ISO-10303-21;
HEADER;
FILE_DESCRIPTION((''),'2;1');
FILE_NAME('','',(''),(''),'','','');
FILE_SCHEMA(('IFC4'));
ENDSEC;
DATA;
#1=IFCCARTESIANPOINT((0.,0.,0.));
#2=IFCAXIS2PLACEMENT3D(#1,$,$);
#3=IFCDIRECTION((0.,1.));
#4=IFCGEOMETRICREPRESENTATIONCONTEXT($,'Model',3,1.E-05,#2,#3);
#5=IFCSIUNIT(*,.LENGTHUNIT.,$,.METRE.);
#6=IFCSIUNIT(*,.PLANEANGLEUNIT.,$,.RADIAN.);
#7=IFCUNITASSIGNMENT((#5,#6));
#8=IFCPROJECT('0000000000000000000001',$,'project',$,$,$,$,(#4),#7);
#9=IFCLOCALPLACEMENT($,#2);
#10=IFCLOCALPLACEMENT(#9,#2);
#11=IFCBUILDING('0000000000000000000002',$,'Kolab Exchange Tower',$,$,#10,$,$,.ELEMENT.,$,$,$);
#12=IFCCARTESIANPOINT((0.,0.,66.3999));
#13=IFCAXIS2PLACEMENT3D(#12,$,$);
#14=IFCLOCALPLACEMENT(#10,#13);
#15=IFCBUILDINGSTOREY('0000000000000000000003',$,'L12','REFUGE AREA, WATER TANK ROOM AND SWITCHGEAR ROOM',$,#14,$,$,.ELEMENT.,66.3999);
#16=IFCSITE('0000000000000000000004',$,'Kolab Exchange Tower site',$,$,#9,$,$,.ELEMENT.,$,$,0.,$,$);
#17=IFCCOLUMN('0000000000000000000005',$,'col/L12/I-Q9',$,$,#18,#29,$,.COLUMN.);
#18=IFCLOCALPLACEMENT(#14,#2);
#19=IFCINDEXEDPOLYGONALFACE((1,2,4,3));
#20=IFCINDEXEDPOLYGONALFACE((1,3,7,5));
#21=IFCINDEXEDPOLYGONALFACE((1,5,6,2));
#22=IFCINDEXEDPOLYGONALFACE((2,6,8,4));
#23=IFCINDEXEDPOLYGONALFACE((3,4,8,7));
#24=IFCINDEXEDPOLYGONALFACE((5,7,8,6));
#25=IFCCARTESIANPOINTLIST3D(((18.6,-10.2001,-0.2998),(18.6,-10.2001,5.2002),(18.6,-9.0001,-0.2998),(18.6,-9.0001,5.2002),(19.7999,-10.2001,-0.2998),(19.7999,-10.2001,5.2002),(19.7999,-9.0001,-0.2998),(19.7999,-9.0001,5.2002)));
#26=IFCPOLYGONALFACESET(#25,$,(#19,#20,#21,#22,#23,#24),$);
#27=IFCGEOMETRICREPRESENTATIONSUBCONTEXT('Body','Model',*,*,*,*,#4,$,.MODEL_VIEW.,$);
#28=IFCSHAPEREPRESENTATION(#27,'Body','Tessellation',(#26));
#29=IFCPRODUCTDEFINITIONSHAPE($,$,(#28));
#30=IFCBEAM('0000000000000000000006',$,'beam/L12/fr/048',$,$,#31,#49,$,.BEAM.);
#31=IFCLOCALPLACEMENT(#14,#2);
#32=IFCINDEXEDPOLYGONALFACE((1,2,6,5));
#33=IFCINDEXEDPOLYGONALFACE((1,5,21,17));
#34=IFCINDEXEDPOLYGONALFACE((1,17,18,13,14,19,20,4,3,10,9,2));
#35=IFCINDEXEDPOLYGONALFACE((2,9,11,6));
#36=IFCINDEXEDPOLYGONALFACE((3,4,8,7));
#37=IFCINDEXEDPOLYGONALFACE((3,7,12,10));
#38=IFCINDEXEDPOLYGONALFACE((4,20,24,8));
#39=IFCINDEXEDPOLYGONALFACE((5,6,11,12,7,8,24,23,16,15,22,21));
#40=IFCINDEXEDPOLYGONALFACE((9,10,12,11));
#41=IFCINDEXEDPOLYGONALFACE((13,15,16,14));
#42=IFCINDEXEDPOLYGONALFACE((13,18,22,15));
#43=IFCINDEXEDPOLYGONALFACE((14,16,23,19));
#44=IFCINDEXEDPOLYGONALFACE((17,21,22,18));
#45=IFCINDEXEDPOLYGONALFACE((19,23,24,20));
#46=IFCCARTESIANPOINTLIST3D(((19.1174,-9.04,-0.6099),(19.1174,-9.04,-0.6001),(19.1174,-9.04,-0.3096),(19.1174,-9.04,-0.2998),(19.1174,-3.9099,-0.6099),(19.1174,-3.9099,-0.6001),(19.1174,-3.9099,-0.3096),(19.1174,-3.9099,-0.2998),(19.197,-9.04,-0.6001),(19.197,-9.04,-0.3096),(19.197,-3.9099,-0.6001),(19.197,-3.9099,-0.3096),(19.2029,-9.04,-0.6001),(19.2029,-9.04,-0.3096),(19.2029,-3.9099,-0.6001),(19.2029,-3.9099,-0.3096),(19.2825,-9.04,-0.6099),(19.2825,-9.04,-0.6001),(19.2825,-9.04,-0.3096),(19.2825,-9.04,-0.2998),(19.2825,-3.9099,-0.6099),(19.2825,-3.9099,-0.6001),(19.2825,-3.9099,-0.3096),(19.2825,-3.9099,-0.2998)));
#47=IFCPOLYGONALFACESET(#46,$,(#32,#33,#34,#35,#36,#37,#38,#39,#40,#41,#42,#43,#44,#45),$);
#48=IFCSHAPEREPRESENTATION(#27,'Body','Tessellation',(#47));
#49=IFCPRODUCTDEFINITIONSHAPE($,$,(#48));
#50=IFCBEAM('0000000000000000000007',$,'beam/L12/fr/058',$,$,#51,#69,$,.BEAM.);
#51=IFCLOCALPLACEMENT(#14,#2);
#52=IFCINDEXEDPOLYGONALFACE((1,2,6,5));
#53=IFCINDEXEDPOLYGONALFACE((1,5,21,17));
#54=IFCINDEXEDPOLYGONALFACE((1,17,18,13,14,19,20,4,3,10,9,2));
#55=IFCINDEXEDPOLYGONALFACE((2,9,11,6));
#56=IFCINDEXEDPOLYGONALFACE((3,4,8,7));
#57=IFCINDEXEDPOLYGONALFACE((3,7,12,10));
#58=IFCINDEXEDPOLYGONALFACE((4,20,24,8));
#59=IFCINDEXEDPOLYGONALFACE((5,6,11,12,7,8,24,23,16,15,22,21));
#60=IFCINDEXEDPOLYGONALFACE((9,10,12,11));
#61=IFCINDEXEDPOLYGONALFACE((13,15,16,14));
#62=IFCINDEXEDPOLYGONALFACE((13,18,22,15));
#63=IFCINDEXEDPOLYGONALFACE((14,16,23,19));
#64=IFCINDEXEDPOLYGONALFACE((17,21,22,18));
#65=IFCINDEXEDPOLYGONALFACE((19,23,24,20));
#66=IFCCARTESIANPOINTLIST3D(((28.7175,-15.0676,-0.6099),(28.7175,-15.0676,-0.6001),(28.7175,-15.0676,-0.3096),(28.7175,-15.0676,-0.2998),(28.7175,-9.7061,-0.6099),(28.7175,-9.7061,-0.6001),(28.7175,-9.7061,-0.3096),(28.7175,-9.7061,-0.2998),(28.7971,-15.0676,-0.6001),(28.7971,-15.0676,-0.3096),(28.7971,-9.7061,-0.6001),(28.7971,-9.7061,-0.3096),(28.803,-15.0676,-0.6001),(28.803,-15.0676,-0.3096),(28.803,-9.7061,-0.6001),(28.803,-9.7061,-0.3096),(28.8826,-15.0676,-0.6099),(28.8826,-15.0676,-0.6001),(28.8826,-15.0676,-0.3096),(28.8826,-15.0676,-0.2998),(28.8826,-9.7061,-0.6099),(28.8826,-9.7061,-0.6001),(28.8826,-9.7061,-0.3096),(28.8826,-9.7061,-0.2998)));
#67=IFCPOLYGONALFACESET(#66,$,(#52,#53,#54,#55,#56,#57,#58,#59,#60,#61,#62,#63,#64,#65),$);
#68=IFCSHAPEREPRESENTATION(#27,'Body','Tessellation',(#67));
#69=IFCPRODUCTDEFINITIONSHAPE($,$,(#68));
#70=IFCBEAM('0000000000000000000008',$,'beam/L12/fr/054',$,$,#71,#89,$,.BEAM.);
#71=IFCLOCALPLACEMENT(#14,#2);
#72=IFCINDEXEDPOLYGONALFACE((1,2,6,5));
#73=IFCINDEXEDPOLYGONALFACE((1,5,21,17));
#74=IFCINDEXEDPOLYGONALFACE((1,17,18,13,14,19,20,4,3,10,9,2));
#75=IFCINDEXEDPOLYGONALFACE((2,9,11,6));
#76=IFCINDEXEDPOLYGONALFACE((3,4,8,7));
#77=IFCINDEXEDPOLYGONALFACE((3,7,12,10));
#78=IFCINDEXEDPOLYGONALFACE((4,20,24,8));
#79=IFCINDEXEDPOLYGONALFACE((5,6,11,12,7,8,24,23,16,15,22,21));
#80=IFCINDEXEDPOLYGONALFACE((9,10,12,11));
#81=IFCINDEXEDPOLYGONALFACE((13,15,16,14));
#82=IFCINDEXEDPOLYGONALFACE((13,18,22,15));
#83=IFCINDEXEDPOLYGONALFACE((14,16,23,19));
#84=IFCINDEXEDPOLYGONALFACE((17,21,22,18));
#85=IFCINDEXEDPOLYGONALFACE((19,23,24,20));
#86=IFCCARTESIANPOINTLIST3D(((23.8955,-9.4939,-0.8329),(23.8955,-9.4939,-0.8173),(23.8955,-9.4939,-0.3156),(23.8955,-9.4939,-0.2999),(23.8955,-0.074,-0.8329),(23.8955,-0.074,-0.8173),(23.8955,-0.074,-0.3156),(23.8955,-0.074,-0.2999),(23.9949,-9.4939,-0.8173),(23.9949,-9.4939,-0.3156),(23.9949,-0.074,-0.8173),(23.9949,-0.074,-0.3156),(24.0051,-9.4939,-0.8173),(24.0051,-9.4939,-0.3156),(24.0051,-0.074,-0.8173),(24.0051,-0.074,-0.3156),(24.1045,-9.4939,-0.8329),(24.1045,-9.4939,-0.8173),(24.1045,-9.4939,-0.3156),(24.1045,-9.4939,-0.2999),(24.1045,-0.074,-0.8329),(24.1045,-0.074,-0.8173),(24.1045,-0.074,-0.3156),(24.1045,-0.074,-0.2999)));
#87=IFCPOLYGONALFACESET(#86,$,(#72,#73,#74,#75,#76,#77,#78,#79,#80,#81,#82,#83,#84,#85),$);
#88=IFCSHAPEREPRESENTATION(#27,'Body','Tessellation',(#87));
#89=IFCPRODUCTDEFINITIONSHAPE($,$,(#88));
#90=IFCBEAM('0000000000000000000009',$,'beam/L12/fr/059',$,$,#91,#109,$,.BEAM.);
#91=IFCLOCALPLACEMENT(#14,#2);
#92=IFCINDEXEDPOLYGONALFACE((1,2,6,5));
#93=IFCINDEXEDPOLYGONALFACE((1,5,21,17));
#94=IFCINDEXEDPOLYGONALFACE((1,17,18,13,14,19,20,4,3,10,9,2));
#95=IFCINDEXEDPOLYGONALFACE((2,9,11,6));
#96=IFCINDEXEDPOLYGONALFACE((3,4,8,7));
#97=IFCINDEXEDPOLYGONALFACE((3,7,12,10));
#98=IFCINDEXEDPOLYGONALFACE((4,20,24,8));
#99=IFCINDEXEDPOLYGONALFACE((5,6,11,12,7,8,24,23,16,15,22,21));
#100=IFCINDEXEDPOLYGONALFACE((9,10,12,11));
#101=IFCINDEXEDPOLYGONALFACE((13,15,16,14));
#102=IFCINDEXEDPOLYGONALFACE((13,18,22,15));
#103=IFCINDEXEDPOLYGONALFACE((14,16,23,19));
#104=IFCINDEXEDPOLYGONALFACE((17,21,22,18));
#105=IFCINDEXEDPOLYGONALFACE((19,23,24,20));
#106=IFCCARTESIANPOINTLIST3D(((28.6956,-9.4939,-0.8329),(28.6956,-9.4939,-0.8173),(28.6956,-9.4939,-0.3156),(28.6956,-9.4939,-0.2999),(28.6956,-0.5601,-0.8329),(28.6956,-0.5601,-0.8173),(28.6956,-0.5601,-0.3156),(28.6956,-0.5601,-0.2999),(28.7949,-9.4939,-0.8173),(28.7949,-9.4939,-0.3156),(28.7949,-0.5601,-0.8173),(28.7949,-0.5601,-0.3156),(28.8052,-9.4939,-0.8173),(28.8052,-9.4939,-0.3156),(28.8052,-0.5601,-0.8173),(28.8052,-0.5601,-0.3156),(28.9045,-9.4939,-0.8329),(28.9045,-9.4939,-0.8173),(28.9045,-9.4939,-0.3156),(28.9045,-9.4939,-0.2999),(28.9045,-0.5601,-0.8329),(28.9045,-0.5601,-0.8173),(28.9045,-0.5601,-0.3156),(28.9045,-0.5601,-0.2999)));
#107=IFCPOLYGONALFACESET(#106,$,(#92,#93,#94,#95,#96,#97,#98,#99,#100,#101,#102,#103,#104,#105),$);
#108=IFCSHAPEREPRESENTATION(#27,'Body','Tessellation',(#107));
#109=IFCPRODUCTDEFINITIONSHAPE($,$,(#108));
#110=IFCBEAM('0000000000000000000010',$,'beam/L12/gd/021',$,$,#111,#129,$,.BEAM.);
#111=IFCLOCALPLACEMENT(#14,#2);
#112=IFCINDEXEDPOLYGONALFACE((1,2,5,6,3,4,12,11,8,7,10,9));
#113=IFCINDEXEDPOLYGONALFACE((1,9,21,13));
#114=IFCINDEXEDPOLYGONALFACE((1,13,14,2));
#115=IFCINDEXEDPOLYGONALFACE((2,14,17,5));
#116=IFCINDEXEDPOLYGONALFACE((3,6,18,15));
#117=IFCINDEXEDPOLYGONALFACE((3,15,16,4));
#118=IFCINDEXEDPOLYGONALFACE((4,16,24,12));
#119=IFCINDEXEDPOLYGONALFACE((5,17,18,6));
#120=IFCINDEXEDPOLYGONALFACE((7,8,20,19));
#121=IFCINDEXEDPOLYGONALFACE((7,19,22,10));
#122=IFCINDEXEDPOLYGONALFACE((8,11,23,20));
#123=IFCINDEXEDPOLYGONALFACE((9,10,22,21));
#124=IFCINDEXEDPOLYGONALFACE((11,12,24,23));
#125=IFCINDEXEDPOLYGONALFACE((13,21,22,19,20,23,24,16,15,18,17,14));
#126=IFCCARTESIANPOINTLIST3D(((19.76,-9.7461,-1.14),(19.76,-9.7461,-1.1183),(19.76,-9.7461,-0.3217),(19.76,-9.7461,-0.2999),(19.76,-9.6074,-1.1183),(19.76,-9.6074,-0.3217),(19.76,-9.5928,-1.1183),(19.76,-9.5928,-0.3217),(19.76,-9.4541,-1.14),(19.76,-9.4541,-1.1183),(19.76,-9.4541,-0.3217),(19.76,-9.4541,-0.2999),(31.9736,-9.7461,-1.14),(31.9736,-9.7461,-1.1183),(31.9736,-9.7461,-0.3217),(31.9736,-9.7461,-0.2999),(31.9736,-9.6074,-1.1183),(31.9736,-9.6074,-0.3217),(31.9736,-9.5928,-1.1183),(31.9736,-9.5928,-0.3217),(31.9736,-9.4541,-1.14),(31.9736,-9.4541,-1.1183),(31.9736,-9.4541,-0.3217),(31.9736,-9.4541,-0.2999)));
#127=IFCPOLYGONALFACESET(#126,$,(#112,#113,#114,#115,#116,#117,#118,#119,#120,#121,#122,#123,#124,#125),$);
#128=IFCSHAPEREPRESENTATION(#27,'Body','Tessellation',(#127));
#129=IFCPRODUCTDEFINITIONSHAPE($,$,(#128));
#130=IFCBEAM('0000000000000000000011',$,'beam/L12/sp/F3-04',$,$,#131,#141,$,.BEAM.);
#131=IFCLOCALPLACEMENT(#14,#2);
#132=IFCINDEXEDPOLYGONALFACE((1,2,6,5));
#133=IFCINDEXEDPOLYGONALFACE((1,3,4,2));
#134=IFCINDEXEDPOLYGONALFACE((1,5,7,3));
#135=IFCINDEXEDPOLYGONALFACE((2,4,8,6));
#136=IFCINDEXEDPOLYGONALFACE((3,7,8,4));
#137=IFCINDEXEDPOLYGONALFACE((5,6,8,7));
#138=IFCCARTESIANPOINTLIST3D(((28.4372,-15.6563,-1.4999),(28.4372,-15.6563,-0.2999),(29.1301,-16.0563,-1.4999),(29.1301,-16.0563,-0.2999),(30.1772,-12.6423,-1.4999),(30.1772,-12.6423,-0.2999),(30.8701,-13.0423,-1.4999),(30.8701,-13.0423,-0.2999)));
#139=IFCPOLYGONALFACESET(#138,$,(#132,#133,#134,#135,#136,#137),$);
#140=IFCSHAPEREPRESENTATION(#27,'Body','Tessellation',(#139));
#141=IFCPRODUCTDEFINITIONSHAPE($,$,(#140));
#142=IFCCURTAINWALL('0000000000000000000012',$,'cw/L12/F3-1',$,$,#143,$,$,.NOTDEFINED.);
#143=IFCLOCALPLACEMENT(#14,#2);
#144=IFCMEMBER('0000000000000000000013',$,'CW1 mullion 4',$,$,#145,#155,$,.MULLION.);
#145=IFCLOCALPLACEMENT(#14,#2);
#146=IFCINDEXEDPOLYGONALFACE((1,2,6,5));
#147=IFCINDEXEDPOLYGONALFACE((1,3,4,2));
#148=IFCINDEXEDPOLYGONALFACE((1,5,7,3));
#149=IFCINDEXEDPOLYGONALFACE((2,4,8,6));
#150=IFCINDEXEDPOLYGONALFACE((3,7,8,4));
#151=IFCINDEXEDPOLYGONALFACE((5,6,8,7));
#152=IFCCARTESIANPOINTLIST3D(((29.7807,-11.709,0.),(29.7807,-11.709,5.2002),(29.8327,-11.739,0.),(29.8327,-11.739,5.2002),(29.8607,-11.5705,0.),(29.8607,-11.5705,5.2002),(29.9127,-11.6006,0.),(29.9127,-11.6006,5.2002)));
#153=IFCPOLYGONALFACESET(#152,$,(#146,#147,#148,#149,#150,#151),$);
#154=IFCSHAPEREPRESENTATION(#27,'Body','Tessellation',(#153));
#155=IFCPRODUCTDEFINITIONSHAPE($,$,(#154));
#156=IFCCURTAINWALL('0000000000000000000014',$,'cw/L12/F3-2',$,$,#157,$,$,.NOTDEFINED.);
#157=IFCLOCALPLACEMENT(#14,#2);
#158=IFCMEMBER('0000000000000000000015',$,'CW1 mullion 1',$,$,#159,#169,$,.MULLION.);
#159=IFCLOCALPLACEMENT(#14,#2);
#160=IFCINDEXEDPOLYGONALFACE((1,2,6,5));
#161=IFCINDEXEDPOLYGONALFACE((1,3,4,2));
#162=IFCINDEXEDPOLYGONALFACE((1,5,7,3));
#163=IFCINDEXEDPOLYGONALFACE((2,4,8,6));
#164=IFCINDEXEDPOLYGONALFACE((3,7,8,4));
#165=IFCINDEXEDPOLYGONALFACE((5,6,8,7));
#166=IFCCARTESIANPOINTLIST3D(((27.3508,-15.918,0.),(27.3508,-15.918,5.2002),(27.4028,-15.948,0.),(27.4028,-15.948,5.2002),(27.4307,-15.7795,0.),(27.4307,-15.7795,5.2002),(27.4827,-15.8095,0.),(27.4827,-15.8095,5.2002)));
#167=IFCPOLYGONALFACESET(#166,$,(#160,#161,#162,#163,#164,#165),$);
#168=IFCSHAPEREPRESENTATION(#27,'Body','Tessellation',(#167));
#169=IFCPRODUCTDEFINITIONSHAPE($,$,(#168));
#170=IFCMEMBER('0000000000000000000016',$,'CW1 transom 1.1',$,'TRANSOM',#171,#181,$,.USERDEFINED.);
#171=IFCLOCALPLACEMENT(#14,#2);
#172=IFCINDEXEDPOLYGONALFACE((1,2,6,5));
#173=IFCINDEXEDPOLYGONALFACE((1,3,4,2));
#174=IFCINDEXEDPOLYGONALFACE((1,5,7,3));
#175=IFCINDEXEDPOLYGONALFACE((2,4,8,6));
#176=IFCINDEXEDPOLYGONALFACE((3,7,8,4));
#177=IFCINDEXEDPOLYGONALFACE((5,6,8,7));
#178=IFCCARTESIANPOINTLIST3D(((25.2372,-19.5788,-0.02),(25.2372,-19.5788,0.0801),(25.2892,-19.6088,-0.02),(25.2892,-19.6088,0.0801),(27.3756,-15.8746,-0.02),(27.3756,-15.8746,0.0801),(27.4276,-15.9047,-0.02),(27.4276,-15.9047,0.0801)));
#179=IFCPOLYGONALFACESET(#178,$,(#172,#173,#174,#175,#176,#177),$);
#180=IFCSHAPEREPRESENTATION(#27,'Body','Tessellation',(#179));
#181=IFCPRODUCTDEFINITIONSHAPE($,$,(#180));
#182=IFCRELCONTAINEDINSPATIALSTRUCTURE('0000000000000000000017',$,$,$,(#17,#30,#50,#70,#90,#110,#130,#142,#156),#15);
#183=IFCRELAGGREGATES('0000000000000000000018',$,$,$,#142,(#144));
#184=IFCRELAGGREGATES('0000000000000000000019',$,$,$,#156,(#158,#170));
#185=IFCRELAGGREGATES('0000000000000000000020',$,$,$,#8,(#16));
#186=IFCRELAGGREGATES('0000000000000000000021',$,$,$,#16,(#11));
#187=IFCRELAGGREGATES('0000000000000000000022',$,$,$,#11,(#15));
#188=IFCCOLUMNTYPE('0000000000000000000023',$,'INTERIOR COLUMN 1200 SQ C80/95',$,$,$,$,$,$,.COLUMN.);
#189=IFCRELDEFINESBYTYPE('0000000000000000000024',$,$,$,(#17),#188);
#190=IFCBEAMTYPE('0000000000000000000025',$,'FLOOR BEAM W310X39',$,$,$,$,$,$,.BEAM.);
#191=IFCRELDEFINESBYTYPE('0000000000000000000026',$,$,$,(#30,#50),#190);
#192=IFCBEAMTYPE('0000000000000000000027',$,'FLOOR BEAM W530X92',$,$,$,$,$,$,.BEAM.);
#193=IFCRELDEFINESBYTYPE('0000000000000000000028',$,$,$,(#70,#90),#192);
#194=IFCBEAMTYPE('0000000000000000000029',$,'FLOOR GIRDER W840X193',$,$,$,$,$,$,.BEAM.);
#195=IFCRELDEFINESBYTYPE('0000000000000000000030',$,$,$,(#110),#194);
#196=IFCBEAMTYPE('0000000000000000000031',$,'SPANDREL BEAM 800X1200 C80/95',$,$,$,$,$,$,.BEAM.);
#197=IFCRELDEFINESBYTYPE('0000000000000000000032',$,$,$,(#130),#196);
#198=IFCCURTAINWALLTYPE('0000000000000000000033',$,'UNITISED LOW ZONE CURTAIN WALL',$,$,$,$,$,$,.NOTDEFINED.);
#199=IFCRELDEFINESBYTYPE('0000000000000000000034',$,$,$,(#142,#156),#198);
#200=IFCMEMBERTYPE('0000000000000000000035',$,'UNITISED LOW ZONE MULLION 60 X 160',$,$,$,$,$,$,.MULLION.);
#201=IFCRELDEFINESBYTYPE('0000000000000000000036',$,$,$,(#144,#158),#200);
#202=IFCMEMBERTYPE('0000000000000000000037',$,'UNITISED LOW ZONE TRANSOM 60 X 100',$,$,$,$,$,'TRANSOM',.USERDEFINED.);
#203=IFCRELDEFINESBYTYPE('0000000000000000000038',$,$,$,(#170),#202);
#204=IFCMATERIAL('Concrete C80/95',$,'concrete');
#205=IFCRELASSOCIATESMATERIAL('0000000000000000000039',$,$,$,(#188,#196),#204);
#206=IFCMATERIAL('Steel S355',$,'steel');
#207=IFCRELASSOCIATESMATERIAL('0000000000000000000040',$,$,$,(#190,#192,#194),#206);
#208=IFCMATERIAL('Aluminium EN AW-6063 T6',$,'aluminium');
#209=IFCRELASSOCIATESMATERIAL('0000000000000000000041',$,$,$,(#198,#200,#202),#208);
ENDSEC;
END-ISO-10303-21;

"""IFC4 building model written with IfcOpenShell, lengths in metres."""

from ifc_helpers import new_model, si_unit, direction, frame, origin, origin_2d, place, context, subcontext, project, spatial, rectangle, i_section, extrude, material, material_profile, profile_set, type_object, element, aggregate, save


model = new_model("IFC4")

# Units and contexts
model_context = context("Model", 3, precision=1e-05, world=origin(), true_north=direction((0.0, 1.0)))
body_context = subcontext(model_context, "Body", "Model", "MODEL_VIEW")
ifc_project = project(units=[si_unit("LENGTHUNIT", "METRE"), si_unit("PLANEANGLEUNIT", "RADIAN")], contexts=[model_context])

# Site, building, storey
site_placement = place(None, origin())
site = spatial("IfcSite", under=ifc_project, at=site_placement, Name="Kolab Exchange Tower site", CompositionType="ELEMENT", RefElevation=0.0)
building_placement = place(site_placement, origin())
building = spatial("IfcBuilding", under=site, at=building_placement, Name="Kolab Exchange Tower", CompositionType="ELEMENT")
storey_placement = place(building_placement, frame((0.0, 0.0, 66.3999)))
storey = spatial("IfcBuildingStorey", under=building, at=storey_placement, Name="L12", Description="REFUGE AREA, WATER TANK ROOM AND SWITCHGEAR ROOM", CompositionType="ELEMENT", Elevation=66.3999)

# Column
ifc_material_1 = material(Name="Concrete C80/95", Category="concrete")
ifc_material_profile_1 = material_profile(ifc_material_1, rectangle(XDim=1.2, YDim=1.2, at=origin_2d()), Name="RC1200")
ifc_profile_set_1 = profile_set([ifc_material_profile_1], Name="Concrete C80/95")
column_type = type_object("IfcColumnType", Name="INTERIOR COLUMN 1200 SQ C80/95", PredefinedType="COLUMN", material=ifc_profile_set_1)
column_placement = place(storey_placement, frame((19.2, -9.6001, -0.2998), z_axis=(0.0, 0.0, 1.0), x_axis=(1.0, 0.0, 0.0)))
element("IfcColumn", 1, at=column_placement, inside=storey, type_object=column_type, Name="col/L12/I-Q9", PredefinedType="COLUMN", context=body_context, shape_type="SweptSolid", body=[
    extrude(rectangle(XDim=1.2, YDim=1.2, at=origin_2d()), origin(), (0.0, 0.0, 1.0), 5.5),
])

# Beams
ifc_material_2 = material(Name="Steel S355", Category="steel")
ifc_material_profile_2 = material_profile(ifc_material_2, i_section(OverallWidth=0.165, OverallDepth=0.3101, WebThickness=0.0059, FlangeThickness=0.0098, at=origin_2d()), Name="W310X39")
ifc_profile_set_2 = profile_set([ifc_material_profile_2], Name="Steel S355")
beam_type_1 = type_object("IfcBeamType", Name="FLOOR BEAM W310X39", PredefinedType="BEAM", material=ifc_profile_set_2)
beam_1_placement = place(storey_placement, frame((19.2, -9.04, -0.4548), z_axis=(0.0, 1.0, 0.0), x_axis=(-1.0, 0.0, 0.0)))
element("IfcBeam", 2, at=beam_1_placement, inside=storey, type_object=beam_type_1, Name="beam/L12/fr/048", PredefinedType="BEAM", context=body_context, shape_type="SweptSolid", body=[
    extrude(i_section(OverallWidth=0.165, OverallDepth=0.3101, WebThickness=0.0059, FlangeThickness=0.0098, at=origin_2d()), origin(), (0.0, 0.0, 1.0), 5.1301),
])
beam_2_placement = place(storey_placement, frame((28.8, -15.0676, -0.4548), z_axis=(0.0, 1.0, 0.0), x_axis=(-1.0, 0.0, 0.0)))
element("IfcBeam", 3, at=beam_2_placement, inside=storey, type_object=beam_type_1, Name="beam/L12/fr/058", PredefinedType="BEAM", context=body_context, shape_type="SweptSolid", body=[
    extrude(i_section(OverallWidth=0.165, OverallDepth=0.3101, WebThickness=0.0059, FlangeThickness=0.0098, at=origin_2d()), origin(), (0.0, 0.0, 1.0), 5.3616),
])
ifc_material_profile_3 = material_profile(ifc_material_2, i_section(OverallWidth=0.209, OverallDepth=0.533, WebThickness=0.0103, FlangeThickness=0.0156, at=origin_2d()), Name="W530X92")
ifc_profile_set_3 = profile_set([ifc_material_profile_3], Name="Steel S355")
beam_type_2 = type_object("IfcBeamType", Name="FLOOR BEAM W530X92", PredefinedType="BEAM", material=ifc_profile_set_3)
beam_3_placement = place(storey_placement, frame((24.0, -9.4939, -0.5664), z_axis=(0.0, 1.0, 0.0), x_axis=(-1.0, 0.0, 0.0)))
element("IfcBeam", 4, at=beam_3_placement, inside=storey, type_object=beam_type_2, Name="beam/L12/fr/054", PredefinedType="BEAM", context=body_context, shape_type="SweptSolid", body=[
    extrude(i_section(OverallWidth=0.209, OverallDepth=0.533, WebThickness=0.0103, FlangeThickness=0.0156, at=origin_2d()), origin(), (0.0, 0.0, 1.0), 9.4199),
])
beam_4_placement = place(storey_placement, frame((28.8, -9.4939, -0.5664), z_axis=(0.0, 1.0, 0.0), x_axis=(-1.0, 0.0, 0.0)))
element("IfcBeam", 5, at=beam_4_placement, inside=storey, type_object=beam_type_2, Name="beam/L12/fr/059", PredefinedType="BEAM", context=body_context, shape_type="SweptSolid", body=[
    extrude(i_section(OverallWidth=0.209, OverallDepth=0.533, WebThickness=0.0103, FlangeThickness=0.0156, at=origin_2d()), origin(), (0.0, 0.0, 1.0), 8.9338),
])
ifc_material_profile_4 = material_profile(ifc_material_2, i_section(OverallWidth=0.292, OverallDepth=0.8401, WebThickness=0.0146, FlangeThickness=0.0217, at=origin_2d()), Name="W840X193")
ifc_profile_set_4 = profile_set([ifc_material_profile_4], Name="Steel S355")
beam_type_3 = type_object("IfcBeamType", Name="FLOOR GIRDER W840X193", PredefinedType="BEAM", material=ifc_profile_set_4)
beam_5_placement = place(storey_placement, frame((19.76, -9.6001, -0.72), z_axis=(1.0, 0.0, 0.0), x_axis=(0.0, 1.0, 0.0)))
element("IfcBeam", 6, at=beam_5_placement, inside=storey, type_object=beam_type_3, Name="beam/L12/gd/021", PredefinedType="BEAM", context=body_context, shape_type="SweptSolid", body=[
    extrude(i_section(OverallWidth=0.292, OverallDepth=0.8401, WebThickness=0.0146, FlangeThickness=0.0217, at=origin_2d()), origin(), (0.0, 0.0, 1.0), 12.2136),
])
ifc_material_profile_5 = material_profile(ifc_material_1, rectangle(XDim=0.8, YDim=1.2, at=origin_2d()), Name="RC800X1200")
ifc_profile_set_5 = profile_set([ifc_material_profile_5], Name="Concrete C80/95")
beam_type_4 = type_object("IfcBeamType", Name="SPANDREL BEAM 800X1200 C80/95", PredefinedType="BEAM", material=ifc_profile_set_5)
beam_6_placement = place(storey_placement, frame((30.5237, -12.8423, -0.8999), z_axis=(-0.49998, -0.866037, 0.0), x_axis=(0.866037, -0.49998, 0.0)))
element("IfcBeam", 7, at=beam_6_placement, inside=storey, type_object=beam_type_4, Name="beam/L12/sp/F3-04", PredefinedType="BEAM", context=body_context, shape_type="SweptSolid", body=[
    extrude(rectangle(XDim=0.8, YDim=1.2, at=origin_2d()), origin(), (0.0, 0.0, 1.0), 3.4802),
])

# Curtain wall, member
ifc_material_3 = material(Name="Aluminium EN AW-6063 T6", Category="aluminium")
curtain_wall_type = type_object("IfcCurtainWallType", Name="UNITISED LOW ZONE CURTAIN WALL", PredefinedType="NOTDEFINED", material=ifc_material_3)
curtain_wall_1_placement = place(storey_placement, origin())
curtain_wall_1 = element("IfcCurtainWall", 8, at=curtain_wall_1_placement, inside=storey, type_object=curtain_wall_type, Name="cw/L12/F3-1", PredefinedType="NOTDEFINED")
ifc_material_profile_6 = material_profile(ifc_material_3, rectangle(XDim=0.0601, YDim=0.1599, at=origin_2d()), Name="RECT 60X160")
ifc_profile_set_6 = profile_set([ifc_material_profile_6], Name="Aluminium EN AW-6063 T6")
member_type_1 = type_object("IfcMemberType", Name="UNITISED LOW ZONE MULLION 60 X 160", PredefinedType="MULLION", material=ifc_profile_set_6)
member_1_placement = place(storey_placement, frame((29.8467, -11.6548, 0.0), z_axis=(0.0, 0.0, 1.0), x_axis=(0.866025, -0.5, 0.0)))
member_1 = element("IfcMember", 9, at=member_1_placement, type_object=member_type_1, Name="CW1 mullion 4", PredefinedType="MULLION", context=body_context, shape_type="SweptSolid", body=[
    extrude(rectangle(XDim=0.0601, YDim=0.1599, at=origin_2d()), origin(), (0.0, 0.0, 1.0), 5.2002),
])
aggregate(curtain_wall_1, [member_1])

# Curtain wall, members
curtain_wall_2_placement = place(storey_placement, origin())
curtain_wall_2 = element("IfcCurtainWall", 10, at=curtain_wall_2_placement, inside=storey, type_object=curtain_wall_type, Name="cw/L12/F3-2", PredefinedType="NOTDEFINED")
member_2_placement = place(storey_placement, frame((27.4167, -15.8638, 0.0), z_axis=(0.0, 0.0, 1.0), x_axis=(0.866025, -0.5, 0.0)))
member_2 = element("IfcMember", 11, at=member_2_placement, type_object=member_type_1, Name="CW1 mullion 1", PredefinedType="MULLION", context=body_context, shape_type="SweptSolid", body=[
    extrude(rectangle(XDim=0.0601, YDim=0.1599, at=origin_2d()), origin(), (0.0, 0.0, 1.0), 5.2002),
])
ifc_material_profile_7 = material_profile(ifc_material_3, rectangle(XDim=0.0601, YDim=0.1001, at=origin_2d()), Name="RECT 60X100")
ifc_profile_set_7 = profile_set([ifc_material_profile_7], Name="Aluminium EN AW-6063 T6")
member_type_2 = type_object("IfcMemberType", Name="UNITISED LOW ZONE TRANSOM 60 X 100", ElementType="TRANSOM", PredefinedType="USERDEFINED", material=ifc_profile_set_7)
member_3_placement = place(storey_placement, frame((27.4016, -15.8896, 0.03), z_axis=(-0.499976, -0.866039, 0.0), x_axis=(0.866039, -0.499976, 0.0)))
member_3 = element("IfcMember", 12, at=member_3_placement, type_object=member_type_2, Name="CW1 transom 1.1", ObjectType="TRANSOM", PredefinedType="USERDEFINED", context=body_context, shape_type="SweptSolid", body=[
    extrude(rectangle(XDim=0.0601, YDim=0.1001, at=origin_2d()), origin(), (0.0, 0.0, 1.0), 4.2771),
])
aggregate(curtain_wall_2, [member_2, member_3])

save(model, "model.ifc")
